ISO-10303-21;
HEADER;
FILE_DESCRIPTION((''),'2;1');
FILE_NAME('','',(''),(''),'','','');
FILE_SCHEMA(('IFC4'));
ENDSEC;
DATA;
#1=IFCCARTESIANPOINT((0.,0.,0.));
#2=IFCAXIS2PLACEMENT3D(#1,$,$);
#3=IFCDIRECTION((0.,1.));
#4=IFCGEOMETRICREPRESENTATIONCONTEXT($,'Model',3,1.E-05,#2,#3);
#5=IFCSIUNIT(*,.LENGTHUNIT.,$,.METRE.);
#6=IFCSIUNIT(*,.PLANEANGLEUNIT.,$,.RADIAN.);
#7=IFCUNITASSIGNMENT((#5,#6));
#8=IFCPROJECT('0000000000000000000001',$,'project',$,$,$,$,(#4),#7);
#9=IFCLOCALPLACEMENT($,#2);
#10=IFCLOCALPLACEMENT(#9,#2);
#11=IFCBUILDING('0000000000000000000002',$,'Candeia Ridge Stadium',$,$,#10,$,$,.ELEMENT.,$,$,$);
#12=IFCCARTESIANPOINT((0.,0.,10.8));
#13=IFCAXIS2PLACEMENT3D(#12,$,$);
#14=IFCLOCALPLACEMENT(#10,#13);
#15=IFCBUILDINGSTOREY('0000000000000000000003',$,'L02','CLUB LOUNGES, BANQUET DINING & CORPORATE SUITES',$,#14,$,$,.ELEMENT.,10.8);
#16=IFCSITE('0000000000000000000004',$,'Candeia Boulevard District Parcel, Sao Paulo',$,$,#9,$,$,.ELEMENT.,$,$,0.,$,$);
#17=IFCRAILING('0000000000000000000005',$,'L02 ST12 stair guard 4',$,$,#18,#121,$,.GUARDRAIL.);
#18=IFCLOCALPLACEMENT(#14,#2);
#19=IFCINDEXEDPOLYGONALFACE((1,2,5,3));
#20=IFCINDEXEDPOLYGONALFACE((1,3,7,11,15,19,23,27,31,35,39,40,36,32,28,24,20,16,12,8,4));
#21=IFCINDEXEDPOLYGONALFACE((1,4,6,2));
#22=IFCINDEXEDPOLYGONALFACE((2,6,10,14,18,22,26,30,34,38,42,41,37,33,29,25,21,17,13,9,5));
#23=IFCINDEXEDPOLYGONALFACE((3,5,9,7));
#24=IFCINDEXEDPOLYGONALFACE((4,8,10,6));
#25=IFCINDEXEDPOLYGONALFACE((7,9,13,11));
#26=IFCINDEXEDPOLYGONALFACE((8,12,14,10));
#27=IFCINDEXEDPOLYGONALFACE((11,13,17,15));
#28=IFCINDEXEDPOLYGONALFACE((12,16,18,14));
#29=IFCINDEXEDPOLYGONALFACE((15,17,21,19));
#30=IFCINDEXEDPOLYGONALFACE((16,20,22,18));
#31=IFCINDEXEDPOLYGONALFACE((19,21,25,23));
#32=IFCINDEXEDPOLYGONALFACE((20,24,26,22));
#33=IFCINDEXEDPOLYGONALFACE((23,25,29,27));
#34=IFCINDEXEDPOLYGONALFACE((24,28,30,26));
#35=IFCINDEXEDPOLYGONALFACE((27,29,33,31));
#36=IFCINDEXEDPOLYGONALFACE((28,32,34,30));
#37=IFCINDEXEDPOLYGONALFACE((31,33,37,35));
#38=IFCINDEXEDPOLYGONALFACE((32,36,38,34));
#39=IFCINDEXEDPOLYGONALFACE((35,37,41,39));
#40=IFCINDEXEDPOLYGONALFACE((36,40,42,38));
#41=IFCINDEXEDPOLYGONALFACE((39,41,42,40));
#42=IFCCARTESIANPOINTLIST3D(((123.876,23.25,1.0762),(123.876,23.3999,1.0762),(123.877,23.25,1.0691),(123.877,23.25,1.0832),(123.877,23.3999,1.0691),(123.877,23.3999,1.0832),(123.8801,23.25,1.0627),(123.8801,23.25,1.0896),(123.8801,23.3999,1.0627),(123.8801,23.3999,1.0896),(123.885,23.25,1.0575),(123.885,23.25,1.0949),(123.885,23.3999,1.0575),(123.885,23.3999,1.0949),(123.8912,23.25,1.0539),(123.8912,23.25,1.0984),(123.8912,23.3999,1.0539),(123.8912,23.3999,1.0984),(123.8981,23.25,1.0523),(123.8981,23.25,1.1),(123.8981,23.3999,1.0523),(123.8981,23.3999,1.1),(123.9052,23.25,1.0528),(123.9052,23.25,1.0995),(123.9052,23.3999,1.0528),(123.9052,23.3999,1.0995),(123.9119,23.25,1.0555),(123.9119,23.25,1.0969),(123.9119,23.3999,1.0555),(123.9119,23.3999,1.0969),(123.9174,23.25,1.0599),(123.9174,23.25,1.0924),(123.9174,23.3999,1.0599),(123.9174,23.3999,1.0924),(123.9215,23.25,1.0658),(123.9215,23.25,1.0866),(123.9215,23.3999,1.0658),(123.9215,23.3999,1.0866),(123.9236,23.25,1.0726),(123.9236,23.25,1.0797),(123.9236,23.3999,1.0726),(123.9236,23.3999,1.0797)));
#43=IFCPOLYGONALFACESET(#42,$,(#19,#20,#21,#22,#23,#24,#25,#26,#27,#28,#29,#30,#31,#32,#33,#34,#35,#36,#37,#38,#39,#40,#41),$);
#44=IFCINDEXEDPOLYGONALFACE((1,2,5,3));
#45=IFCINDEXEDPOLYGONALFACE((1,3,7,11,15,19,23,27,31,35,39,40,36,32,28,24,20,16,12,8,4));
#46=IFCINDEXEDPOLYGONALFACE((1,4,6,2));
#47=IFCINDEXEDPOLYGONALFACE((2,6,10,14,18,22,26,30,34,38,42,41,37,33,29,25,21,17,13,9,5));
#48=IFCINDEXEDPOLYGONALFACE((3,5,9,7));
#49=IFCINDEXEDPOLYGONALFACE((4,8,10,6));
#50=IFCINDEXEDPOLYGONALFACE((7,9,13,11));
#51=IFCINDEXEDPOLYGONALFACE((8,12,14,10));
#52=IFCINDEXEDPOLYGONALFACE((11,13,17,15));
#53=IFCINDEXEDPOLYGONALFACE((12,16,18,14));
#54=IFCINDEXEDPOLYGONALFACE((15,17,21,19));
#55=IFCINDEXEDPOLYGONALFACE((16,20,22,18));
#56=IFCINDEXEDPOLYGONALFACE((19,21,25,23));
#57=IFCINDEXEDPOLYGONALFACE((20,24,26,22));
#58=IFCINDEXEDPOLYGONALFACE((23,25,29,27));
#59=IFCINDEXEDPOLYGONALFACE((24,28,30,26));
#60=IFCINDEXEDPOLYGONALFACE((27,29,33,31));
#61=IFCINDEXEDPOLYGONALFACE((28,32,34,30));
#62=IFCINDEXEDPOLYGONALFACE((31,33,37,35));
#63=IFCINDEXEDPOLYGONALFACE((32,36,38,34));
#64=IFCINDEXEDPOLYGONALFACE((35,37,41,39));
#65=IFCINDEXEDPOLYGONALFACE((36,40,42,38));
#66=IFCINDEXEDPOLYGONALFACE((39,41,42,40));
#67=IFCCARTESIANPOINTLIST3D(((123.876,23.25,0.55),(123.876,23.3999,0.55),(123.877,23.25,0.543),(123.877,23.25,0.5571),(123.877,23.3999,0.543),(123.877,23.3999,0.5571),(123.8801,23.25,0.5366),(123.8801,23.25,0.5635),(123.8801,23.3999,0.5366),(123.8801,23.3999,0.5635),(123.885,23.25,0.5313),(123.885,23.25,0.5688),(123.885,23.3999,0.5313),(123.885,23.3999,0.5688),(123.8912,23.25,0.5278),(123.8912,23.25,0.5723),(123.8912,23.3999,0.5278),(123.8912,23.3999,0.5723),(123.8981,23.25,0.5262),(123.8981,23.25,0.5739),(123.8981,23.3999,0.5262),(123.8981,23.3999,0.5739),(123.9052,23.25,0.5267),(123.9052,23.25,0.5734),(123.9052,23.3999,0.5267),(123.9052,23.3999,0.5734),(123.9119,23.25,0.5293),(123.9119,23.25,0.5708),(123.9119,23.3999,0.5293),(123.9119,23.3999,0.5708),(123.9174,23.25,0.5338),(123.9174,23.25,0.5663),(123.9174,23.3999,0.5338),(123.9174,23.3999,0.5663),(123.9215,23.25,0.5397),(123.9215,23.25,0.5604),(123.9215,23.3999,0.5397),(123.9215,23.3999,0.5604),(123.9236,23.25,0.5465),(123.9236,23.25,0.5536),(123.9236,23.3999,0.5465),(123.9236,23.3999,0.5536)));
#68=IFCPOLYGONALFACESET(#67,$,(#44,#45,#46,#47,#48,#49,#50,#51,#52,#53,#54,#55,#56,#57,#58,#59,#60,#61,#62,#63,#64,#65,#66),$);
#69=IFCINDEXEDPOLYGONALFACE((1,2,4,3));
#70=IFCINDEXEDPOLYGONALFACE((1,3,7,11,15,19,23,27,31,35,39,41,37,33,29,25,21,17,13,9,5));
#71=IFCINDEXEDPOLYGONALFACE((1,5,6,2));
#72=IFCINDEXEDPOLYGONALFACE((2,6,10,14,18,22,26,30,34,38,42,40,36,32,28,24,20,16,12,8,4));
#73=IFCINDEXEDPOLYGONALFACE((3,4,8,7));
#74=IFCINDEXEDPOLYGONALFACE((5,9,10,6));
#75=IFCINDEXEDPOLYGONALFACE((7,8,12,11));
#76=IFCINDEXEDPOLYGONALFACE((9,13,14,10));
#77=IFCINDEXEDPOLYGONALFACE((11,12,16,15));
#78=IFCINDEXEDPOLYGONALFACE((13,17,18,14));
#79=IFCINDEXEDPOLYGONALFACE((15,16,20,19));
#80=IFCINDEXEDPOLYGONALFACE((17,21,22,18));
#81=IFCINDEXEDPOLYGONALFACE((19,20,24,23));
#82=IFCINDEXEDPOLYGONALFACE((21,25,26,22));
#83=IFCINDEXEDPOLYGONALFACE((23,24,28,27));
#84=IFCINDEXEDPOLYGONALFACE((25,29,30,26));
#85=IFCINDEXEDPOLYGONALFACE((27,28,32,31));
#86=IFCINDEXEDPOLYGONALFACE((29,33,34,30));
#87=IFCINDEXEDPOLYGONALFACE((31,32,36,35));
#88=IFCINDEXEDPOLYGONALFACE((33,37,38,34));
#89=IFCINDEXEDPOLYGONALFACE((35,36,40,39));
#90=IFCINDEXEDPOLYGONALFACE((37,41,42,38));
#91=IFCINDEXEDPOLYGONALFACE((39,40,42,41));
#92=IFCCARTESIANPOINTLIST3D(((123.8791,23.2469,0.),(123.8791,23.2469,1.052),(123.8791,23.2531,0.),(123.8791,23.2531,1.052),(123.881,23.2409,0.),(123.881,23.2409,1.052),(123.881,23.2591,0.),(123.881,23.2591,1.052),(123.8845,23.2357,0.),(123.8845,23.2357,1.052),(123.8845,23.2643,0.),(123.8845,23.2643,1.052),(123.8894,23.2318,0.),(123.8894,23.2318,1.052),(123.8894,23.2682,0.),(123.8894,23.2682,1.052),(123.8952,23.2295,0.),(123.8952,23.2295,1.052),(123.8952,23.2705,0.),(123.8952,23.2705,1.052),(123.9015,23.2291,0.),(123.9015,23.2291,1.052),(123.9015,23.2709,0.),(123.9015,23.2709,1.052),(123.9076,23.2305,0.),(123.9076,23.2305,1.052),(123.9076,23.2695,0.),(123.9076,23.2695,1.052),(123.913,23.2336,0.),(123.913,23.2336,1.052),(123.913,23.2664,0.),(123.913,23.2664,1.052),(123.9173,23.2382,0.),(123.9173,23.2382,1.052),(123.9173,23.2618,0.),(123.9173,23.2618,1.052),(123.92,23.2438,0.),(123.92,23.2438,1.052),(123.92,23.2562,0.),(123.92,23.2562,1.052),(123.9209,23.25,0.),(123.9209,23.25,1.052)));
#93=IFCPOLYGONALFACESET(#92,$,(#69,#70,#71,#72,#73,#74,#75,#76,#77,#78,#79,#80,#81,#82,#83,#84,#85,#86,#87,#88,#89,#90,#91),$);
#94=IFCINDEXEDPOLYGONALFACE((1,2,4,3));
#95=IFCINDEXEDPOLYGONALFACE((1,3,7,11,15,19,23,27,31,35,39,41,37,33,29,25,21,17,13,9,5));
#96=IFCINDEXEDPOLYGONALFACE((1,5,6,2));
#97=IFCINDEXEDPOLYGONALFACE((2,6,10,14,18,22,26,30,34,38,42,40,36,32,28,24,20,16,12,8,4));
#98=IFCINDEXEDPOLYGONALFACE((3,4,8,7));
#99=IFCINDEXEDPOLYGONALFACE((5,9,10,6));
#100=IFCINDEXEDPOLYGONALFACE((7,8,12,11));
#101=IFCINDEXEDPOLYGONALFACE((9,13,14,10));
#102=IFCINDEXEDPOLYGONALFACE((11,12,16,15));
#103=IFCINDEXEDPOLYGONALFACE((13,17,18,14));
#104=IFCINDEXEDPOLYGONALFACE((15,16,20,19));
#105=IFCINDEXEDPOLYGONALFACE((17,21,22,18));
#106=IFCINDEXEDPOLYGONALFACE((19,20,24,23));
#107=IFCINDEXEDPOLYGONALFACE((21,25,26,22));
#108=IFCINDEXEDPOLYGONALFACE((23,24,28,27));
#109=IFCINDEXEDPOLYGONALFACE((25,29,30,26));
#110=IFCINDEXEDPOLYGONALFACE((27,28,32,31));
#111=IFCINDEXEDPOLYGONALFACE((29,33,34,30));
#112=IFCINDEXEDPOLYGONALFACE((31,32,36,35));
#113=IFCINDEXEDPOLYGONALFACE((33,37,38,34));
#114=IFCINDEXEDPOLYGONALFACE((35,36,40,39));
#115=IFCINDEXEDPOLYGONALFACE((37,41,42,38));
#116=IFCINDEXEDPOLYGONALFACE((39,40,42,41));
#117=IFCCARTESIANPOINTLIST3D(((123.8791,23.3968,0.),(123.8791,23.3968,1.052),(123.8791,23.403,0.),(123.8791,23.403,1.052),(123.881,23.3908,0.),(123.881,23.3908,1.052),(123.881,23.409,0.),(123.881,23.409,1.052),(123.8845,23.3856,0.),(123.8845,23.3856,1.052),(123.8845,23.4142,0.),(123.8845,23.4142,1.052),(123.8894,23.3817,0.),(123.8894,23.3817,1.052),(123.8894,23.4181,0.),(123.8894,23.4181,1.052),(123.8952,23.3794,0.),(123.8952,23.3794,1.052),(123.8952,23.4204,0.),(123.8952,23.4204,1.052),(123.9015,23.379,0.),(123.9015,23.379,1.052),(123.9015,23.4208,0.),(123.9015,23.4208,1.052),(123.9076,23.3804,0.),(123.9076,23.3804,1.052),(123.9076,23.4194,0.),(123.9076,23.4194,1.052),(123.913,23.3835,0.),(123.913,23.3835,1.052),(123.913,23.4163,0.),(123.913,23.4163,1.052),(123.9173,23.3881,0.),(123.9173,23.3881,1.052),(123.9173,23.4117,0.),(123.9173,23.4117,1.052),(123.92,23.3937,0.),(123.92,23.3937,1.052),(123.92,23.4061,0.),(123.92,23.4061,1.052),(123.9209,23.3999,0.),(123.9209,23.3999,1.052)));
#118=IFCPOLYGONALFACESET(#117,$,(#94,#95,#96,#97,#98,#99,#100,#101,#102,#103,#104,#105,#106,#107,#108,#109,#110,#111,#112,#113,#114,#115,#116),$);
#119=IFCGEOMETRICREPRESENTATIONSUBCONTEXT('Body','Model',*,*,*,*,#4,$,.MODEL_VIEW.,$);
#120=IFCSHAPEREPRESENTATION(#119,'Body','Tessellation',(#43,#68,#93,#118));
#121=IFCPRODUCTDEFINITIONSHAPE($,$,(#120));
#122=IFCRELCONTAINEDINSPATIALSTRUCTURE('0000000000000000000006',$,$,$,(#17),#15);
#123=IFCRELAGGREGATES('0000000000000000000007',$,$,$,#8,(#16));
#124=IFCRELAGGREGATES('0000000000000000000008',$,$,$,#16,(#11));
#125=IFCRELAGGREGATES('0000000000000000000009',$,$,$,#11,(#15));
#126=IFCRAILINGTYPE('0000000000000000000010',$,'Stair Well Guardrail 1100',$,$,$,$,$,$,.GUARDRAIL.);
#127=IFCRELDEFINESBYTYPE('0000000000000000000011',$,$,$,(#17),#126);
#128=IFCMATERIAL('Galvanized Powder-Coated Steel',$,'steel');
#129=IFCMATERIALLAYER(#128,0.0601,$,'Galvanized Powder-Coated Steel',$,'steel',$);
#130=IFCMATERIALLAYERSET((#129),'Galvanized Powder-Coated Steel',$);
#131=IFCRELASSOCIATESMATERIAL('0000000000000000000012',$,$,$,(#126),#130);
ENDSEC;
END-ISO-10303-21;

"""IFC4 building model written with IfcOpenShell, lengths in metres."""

from ifc_helpers import new_model, si_unit, direction, frame, origin, origin_2d, place, context, subcontext, project, spatial, circle, extrude, material, layer, layer_set, type_object, element, save


model = new_model("IFC4")

# Units and contexts
model_context = context("Model", 3, precision=1e-05, world=origin(), true_north=direction((0.0, 1.0)))
body_context = subcontext(model_context, "Body", "Model", "MODEL_VIEW")
ifc_project = project(units=[si_unit("LENGTHUNIT", "METRE"), si_unit("PLANEANGLEUNIT", "RADIAN")], contexts=[model_context])

# Site, building, storey
site_placement = place(None, origin())
site = spatial("IfcSite", under=ifc_project, at=site_placement, Name="Candeia Boulevard District Parcel, Sao Paulo", CompositionType="ELEMENT", RefElevation=0.0)
building_placement = place(site_placement, origin())
building = spatial("IfcBuilding", under=site, at=building_placement, Name="Candeia Ridge Stadium", CompositionType="ELEMENT")
storey_placement = place(building_placement, frame((0.0, 0.0, 10.8)))
storey = spatial("IfcBuildingStorey", under=building, at=storey_placement, Name="L02", Description="CLUB LOUNGES, BANQUET DINING & CORPORATE SUITES", CompositionType="ELEMENT", Elevation=10.8)

# Railing
ifc_material_1 = material(Name="Galvanized Powder-Coated Steel", Category="steel")
ifc_layer_1 = layer(ifc_material_1, 0.0601, Name="Galvanized Powder-Coated Steel", Category="steel")
ifc_layer_set_1 = layer_set([ifc_layer_1], Name="Galvanized Powder-Coated Steel")
railing_type_1 = type_object("IfcRailingType", Name="Stair Well Guardrail 1100", PredefinedType="GUARDRAIL", material=ifc_layer_set_1)
railing_1_placement = place(storey_placement, frame((123.8999, 23.25, 0.0)))
element("IfcRailing", 1, at=railing_1_placement, inside=storey, type_object=railing_type_1, Name="L02 ST12 stair guard 4", PredefinedType="GUARDRAIL", context=body_context, shape_type="SweptSolid", body=[
    extrude(circle(Radius=0.0239, at=origin_2d()), frame((0.0, 0.0, 1.0762), z_axis=(0.0, 1.0, 0.0), x_axis=(-1.0, 0.0, 0.0)), (0.0, 0.0, 1.0), 0.1499),
    extrude(circle(Radius=0.0239, at=origin_2d()), frame((0.0, 0.0, 0.55), z_axis=(0.0, 1.0, 0.0), x_axis=(-1.0, 0.0, 0.0)), (0.0, 0.0, 1.0), 0.1499),
    extrude(circle(Radius=0.021, at=origin_2d()), origin(), (0.0, 0.0, 1.0), 1.052),
    extrude(circle(Radius=0.021, at=origin_2d()), frame((0.0, 0.1499, 0.0)), (0.0, 0.0, 1.0), 1.052),
])

save(model, "model.ifc")
